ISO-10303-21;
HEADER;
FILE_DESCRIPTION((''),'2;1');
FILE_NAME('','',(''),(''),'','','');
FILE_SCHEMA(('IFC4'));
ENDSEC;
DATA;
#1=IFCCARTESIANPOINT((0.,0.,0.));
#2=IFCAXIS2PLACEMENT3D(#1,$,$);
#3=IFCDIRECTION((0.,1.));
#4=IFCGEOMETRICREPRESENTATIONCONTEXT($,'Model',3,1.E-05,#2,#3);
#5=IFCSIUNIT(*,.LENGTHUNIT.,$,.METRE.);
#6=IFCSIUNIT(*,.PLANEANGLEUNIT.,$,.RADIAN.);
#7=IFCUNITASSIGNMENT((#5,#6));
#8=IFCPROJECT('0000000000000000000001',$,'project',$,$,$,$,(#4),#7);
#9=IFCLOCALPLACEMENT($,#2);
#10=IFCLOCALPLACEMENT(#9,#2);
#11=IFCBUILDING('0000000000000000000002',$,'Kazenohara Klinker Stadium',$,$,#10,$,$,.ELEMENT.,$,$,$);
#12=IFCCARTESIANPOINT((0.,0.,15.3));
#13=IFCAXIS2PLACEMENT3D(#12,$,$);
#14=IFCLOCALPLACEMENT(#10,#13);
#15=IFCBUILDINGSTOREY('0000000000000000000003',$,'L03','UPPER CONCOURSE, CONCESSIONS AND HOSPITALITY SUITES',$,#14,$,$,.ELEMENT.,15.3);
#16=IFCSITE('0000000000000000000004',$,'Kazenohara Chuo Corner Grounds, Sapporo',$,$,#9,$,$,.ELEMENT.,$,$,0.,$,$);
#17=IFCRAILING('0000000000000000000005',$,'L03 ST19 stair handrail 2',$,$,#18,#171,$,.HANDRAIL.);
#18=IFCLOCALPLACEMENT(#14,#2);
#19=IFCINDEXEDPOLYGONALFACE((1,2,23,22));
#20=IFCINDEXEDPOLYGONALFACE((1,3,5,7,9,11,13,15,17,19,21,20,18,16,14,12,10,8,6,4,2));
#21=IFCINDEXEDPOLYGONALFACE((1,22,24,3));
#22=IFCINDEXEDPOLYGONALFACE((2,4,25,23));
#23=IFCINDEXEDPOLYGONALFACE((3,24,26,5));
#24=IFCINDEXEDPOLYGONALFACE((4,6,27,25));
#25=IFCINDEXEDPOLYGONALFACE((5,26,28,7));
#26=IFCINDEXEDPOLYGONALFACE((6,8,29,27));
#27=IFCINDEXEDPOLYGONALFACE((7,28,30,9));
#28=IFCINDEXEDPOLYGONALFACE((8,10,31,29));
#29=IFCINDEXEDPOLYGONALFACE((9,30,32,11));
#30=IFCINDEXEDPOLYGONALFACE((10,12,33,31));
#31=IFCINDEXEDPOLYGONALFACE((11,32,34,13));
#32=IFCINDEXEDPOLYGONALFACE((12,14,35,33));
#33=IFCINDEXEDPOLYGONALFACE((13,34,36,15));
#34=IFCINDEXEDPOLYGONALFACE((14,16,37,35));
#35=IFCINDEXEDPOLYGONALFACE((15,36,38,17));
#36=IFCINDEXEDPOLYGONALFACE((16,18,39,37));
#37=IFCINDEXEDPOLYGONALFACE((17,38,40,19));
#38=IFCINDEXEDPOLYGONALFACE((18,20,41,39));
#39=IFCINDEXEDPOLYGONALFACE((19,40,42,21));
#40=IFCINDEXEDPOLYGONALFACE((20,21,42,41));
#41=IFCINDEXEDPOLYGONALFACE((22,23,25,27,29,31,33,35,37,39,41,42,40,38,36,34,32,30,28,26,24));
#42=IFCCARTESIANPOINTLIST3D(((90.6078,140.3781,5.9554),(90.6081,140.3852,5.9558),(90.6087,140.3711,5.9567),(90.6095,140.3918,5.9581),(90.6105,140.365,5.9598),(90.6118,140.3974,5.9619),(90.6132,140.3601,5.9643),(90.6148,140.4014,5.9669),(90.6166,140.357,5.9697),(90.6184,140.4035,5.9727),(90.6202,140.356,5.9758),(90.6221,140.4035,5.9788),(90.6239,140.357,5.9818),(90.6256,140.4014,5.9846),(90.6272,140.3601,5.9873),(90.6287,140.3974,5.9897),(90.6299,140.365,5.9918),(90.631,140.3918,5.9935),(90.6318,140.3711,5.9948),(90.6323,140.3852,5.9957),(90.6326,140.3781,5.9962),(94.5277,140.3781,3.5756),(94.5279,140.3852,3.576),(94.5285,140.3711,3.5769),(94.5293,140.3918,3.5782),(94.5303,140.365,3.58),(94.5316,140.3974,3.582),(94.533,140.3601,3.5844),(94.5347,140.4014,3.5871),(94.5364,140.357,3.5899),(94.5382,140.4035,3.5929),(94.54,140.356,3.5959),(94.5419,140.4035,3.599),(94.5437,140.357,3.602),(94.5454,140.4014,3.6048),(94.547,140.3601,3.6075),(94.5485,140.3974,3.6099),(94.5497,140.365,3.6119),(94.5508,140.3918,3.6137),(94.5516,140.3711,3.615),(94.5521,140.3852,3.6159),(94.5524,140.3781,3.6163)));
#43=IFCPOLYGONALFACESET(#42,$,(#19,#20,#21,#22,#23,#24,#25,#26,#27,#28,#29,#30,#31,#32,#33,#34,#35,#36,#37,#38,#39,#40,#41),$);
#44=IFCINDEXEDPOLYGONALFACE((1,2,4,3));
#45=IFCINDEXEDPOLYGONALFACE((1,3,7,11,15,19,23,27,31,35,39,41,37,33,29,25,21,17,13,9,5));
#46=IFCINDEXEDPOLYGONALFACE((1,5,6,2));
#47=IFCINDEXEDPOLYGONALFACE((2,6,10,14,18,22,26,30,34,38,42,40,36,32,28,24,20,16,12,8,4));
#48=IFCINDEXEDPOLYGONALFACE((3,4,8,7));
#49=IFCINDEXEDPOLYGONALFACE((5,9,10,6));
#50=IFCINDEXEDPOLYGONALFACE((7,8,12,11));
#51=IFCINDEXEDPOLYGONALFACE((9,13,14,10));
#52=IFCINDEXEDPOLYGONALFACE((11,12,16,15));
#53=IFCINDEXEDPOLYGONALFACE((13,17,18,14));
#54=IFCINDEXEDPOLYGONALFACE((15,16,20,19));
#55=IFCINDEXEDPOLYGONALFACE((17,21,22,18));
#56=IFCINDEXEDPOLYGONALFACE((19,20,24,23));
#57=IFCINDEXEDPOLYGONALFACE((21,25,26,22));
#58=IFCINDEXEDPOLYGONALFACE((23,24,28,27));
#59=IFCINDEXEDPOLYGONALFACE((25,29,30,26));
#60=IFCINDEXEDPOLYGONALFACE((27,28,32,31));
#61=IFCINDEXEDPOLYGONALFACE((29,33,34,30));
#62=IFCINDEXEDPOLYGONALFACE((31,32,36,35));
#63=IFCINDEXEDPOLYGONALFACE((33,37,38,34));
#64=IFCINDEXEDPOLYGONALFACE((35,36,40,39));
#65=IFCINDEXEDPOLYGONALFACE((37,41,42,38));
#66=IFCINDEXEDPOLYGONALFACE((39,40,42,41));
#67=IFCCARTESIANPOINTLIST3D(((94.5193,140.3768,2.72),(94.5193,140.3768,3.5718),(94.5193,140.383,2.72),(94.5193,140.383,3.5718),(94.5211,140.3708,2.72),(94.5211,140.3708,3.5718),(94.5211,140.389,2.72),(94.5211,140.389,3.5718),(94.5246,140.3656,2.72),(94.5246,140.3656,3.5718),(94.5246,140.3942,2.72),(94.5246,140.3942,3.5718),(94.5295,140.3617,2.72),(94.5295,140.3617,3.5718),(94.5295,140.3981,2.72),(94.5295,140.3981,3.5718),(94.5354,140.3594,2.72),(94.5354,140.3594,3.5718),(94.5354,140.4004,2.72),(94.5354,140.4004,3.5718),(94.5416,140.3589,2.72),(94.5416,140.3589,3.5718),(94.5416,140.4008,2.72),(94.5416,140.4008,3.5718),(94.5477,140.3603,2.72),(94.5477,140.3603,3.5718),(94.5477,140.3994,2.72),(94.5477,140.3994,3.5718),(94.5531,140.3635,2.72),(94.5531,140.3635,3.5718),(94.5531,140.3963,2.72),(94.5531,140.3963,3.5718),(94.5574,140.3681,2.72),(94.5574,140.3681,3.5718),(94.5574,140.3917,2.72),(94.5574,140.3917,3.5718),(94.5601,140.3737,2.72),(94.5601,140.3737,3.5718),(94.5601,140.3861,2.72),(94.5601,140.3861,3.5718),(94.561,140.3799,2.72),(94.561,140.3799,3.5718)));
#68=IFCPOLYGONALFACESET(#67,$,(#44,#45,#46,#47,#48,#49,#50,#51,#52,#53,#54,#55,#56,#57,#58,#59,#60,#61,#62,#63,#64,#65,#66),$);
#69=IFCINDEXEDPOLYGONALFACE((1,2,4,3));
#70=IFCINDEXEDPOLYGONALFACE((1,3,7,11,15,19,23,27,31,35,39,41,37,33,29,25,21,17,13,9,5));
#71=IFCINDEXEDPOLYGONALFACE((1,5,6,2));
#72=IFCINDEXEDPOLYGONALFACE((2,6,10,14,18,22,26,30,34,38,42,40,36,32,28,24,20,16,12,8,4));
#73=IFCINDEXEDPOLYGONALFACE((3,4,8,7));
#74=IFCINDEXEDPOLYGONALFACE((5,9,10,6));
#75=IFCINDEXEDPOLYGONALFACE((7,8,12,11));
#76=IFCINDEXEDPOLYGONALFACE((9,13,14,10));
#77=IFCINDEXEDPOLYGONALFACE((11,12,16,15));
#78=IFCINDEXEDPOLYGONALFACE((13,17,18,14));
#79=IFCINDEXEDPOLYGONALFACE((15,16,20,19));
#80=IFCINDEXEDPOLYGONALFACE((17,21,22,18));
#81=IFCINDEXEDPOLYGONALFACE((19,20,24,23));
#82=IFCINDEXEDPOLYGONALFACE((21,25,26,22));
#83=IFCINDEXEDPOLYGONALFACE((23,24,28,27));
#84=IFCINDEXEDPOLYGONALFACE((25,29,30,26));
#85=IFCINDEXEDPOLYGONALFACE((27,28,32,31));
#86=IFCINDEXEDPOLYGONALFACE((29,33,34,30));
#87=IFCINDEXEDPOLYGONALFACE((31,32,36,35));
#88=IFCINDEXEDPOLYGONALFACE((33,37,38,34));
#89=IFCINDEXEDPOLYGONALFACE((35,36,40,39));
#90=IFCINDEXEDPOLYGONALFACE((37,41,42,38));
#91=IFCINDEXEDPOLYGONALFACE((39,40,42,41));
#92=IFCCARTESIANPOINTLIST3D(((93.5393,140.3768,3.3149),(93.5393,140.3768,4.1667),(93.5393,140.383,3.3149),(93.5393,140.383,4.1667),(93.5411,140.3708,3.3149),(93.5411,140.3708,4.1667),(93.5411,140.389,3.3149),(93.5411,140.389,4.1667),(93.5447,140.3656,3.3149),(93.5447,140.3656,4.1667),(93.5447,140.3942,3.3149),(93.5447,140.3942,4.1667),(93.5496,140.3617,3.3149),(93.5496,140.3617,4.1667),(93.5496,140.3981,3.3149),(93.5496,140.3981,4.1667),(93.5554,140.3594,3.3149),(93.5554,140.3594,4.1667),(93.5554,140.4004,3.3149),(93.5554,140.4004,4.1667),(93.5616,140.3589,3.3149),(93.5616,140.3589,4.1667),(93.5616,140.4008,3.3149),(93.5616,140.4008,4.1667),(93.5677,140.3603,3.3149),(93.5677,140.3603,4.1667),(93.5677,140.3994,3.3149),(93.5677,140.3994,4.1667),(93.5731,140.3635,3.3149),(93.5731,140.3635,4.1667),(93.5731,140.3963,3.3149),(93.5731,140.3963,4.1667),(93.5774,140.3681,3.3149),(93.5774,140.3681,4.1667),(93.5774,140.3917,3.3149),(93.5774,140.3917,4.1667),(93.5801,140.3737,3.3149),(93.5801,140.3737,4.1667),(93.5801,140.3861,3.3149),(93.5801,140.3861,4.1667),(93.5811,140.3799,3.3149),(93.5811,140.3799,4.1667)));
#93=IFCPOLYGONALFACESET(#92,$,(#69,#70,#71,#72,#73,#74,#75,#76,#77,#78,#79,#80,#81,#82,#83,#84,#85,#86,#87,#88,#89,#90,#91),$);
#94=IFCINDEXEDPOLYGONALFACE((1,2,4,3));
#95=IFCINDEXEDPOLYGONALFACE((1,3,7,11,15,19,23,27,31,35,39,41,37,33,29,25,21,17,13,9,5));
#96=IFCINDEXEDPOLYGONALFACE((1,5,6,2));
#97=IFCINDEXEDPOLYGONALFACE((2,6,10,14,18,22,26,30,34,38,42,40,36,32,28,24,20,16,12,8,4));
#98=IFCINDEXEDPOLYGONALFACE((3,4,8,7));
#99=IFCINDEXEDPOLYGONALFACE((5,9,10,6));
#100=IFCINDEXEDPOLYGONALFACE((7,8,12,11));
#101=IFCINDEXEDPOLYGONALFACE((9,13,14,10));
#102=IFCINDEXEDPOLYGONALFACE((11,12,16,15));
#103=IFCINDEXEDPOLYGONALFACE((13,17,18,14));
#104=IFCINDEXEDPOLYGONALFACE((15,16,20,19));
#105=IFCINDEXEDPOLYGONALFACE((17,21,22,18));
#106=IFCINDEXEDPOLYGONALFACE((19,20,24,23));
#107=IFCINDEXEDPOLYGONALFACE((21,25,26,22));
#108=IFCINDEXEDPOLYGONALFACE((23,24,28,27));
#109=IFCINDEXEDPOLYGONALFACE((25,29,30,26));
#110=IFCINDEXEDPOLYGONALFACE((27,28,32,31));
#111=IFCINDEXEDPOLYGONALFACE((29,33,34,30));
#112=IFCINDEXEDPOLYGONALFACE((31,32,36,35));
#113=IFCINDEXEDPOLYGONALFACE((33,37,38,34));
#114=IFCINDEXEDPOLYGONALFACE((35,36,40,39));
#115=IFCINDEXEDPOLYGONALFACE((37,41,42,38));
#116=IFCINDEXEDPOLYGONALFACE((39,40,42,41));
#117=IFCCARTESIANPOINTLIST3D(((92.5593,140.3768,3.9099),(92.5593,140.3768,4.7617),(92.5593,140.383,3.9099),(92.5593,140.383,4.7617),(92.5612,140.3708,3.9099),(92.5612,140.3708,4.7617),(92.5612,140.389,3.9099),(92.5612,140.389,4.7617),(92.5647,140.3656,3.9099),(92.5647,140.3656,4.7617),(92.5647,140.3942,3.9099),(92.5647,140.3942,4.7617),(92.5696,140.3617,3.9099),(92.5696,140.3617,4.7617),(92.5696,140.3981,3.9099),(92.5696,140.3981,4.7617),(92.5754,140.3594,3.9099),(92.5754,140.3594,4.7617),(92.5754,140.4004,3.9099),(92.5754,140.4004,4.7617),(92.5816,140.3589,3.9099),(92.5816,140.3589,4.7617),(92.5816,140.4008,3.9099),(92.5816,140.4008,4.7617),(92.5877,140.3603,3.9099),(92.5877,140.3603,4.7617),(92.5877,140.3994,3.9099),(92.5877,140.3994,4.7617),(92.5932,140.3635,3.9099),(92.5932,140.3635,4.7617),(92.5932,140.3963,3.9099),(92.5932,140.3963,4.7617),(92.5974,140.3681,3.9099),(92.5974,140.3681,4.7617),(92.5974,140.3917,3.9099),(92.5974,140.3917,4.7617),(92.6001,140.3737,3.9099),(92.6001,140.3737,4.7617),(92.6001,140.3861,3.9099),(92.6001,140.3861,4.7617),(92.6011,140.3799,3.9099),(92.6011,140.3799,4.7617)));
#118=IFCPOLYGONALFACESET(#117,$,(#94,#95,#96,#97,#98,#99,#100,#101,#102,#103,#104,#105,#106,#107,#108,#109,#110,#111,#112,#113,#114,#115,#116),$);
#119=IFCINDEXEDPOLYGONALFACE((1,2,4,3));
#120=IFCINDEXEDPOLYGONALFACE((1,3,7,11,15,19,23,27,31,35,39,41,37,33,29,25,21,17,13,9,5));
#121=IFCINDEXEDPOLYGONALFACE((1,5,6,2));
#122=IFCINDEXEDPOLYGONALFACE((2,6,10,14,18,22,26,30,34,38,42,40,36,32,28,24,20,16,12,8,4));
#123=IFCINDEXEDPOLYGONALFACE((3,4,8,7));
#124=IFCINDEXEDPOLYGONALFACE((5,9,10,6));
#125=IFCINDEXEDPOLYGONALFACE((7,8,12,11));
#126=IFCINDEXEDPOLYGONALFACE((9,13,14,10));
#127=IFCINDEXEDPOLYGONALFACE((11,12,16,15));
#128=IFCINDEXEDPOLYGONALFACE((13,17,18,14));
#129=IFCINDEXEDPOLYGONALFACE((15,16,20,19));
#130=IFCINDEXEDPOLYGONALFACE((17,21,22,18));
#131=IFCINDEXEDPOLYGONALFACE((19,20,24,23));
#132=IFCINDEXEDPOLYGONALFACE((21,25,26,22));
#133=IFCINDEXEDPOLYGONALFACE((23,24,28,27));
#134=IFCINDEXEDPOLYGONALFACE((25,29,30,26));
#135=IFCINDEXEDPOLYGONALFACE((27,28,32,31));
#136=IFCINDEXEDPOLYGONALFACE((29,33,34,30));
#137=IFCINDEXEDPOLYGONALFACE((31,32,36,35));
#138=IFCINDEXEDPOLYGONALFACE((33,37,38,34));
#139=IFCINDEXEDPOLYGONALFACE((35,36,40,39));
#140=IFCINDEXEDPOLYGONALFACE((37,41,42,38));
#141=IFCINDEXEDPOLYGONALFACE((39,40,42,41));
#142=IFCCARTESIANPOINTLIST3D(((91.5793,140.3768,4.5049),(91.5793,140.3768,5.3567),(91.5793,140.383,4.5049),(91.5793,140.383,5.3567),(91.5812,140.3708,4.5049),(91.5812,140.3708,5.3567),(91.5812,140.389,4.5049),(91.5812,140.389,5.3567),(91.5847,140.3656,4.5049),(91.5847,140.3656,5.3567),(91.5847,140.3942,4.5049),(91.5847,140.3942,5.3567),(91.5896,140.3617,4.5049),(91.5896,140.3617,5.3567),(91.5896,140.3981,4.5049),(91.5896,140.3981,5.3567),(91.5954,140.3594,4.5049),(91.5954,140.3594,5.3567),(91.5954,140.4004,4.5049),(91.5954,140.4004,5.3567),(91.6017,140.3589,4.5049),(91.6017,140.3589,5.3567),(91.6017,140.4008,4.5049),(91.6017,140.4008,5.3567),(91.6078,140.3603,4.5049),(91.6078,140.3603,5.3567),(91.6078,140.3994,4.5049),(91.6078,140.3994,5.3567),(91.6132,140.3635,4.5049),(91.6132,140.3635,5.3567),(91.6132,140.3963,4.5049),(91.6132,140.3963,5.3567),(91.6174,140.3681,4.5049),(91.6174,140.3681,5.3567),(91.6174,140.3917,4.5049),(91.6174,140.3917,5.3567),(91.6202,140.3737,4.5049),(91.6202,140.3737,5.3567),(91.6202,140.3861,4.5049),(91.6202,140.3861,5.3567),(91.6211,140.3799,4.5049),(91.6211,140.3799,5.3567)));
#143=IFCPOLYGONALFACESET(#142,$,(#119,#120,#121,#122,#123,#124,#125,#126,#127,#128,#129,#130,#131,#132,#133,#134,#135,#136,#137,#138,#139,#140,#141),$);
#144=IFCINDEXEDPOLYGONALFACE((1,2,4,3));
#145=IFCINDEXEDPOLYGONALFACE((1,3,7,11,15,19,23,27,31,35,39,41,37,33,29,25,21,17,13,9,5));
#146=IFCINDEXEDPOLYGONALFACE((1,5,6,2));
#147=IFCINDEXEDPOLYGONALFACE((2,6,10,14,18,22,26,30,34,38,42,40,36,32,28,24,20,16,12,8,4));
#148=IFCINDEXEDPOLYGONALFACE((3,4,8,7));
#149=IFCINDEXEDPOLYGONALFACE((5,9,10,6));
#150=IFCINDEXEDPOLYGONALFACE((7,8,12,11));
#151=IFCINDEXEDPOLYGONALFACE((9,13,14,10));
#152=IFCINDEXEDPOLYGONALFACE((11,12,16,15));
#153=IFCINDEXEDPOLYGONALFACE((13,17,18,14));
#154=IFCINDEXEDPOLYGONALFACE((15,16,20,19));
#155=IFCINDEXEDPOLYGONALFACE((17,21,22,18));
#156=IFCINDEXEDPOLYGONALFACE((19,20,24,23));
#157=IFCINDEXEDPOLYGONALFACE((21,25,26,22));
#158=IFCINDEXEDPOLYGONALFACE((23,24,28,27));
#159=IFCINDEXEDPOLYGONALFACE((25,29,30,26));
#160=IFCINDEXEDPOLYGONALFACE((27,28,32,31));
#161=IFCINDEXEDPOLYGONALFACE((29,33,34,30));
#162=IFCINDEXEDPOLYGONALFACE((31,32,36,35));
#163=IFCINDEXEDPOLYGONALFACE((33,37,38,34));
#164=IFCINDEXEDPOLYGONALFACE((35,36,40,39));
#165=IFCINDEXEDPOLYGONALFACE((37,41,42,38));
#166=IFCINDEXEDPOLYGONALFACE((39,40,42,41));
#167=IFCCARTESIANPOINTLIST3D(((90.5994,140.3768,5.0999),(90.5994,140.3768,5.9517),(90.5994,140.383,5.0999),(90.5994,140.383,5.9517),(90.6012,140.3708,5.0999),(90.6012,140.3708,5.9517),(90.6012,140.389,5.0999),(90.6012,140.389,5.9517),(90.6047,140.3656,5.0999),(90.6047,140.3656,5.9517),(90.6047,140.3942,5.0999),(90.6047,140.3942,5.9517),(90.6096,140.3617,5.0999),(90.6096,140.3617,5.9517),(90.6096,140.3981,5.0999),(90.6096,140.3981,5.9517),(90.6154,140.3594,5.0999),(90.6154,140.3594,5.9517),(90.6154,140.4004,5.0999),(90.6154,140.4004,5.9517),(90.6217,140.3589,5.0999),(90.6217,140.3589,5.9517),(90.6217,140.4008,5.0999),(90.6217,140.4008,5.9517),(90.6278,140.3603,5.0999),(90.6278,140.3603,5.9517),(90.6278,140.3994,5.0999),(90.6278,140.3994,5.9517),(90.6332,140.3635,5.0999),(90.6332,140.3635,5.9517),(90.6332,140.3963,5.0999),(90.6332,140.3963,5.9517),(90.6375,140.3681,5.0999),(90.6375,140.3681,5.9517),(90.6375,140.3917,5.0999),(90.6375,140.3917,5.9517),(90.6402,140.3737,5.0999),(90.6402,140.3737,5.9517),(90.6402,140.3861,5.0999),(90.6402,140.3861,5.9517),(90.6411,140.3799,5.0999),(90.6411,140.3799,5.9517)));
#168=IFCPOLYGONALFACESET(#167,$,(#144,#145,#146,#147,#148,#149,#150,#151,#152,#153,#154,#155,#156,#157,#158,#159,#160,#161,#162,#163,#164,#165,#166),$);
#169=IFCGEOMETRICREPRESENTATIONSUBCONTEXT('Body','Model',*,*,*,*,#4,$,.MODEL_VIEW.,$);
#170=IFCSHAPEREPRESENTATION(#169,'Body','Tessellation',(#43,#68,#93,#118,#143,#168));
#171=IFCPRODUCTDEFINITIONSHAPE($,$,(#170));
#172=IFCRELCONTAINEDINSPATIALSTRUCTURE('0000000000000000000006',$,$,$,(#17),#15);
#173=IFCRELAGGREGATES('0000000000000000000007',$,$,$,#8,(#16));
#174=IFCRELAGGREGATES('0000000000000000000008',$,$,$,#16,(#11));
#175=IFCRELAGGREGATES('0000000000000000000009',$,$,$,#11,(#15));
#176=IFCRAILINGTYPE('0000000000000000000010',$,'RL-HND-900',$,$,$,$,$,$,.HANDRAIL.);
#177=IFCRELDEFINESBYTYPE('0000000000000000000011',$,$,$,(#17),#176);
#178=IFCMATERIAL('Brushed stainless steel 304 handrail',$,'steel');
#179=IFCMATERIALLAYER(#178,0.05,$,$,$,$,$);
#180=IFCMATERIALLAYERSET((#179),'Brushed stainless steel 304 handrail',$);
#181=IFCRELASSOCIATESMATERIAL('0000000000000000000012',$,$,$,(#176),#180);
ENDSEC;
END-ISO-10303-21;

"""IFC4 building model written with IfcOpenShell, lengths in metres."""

from ifc_helpers import new_model, si_unit, direction, frame, origin, origin_2d, place, context, subcontext, project, spatial, circle, extrude, material, layer, layer_set, type_object, element, save


model = new_model("IFC4")

# Units and contexts
model_context = context("Model", 3, precision=1e-05, world=origin(), true_north=direction((0.0, 1.0)))
body_context = subcontext(model_context, "Body", "Model", "MODEL_VIEW")
ifc_project = project(units=[si_unit("LENGTHUNIT", "METRE"), si_unit("PLANEANGLEUNIT", "RADIAN")], contexts=[model_context])

# Site, building, storey
site_placement = place(None, origin())
site = spatial("IfcSite", under=ifc_project, at=site_placement, Name="Kazenohara Chuo Corner Grounds, Sapporo", CompositionType="ELEMENT", RefElevation=0.0)
building_placement = place(site_placement, origin())
building = spatial("IfcBuilding", under=site, at=building_placement, Name="Kazenohara Klinker Stadium", CompositionType="ELEMENT")
storey_placement = place(building_placement, frame((0.0, 0.0, 15.3)))
storey = spatial("IfcBuildingStorey", under=building, at=storey_placement, Name="L03", Description="UPPER CONCOURSE, CONCESSIONS AND HOSPITALITY SUITES", CompositionType="ELEMENT", Elevation=15.3)

# Railing
ifc_material_1 = material(Name="Brushed stainless steel 304 handrail", Category="steel")
ifc_layer_1 = layer(ifc_material_1, 0.05)
ifc_layer_set_1 = layer_set([ifc_layer_1], Name="Brushed stainless steel 304 handrail")
railing_type_1 = type_object("IfcRailingType", Name="RL-HND-900", PredefinedType="HANDRAIL", material=ifc_layer_set_1)
railing_1_placement = place(storey_placement, frame((94.54, 140.3799, 2.72)))
element("IfcRailing", 1, at=railing_1_placement, inside=storey, type_object=railing_type_1, Name="L03 ST19 stair handrail 2", PredefinedType="HANDRAIL", context=body_context, shape_type="SweptSolid", body=[
    extrude(circle(Radius=0.0239, at=origin_2d()), frame((0.0, 0.0, 0.876), z_axis=(-0.854794, 0.0, 0.518967), x_axis=(0.0, -1.0, 0.0)), (0.0, 0.0, 1.0), 4.5857),
    extrude(circle(Radius=0.021, at=origin_2d()), origin(), (0.0, 0.0, 1.0), 0.8518),
    extrude(circle(Radius=0.021, at=origin_2d()), frame((-0.98, 0.0, 0.595)), (0.0, 0.0, 1.0), 0.8518),
    extrude(circle(Radius=0.021, at=origin_2d()), frame((-1.96, 0.0, 1.1899)), (0.0, 0.0, 1.0), 0.8518),
    extrude(circle(Radius=0.021, at=origin_2d()), frame((-2.9399, 0.0, 1.7849)), (0.0, 0.0, 1.0), 0.8518),
    extrude(circle(Radius=0.021, at=origin_2d()), frame((-3.9199, 0.0, 2.3799)), (0.0, 0.0, 1.0), 0.8518),
])

save(model, "model.ifc")
